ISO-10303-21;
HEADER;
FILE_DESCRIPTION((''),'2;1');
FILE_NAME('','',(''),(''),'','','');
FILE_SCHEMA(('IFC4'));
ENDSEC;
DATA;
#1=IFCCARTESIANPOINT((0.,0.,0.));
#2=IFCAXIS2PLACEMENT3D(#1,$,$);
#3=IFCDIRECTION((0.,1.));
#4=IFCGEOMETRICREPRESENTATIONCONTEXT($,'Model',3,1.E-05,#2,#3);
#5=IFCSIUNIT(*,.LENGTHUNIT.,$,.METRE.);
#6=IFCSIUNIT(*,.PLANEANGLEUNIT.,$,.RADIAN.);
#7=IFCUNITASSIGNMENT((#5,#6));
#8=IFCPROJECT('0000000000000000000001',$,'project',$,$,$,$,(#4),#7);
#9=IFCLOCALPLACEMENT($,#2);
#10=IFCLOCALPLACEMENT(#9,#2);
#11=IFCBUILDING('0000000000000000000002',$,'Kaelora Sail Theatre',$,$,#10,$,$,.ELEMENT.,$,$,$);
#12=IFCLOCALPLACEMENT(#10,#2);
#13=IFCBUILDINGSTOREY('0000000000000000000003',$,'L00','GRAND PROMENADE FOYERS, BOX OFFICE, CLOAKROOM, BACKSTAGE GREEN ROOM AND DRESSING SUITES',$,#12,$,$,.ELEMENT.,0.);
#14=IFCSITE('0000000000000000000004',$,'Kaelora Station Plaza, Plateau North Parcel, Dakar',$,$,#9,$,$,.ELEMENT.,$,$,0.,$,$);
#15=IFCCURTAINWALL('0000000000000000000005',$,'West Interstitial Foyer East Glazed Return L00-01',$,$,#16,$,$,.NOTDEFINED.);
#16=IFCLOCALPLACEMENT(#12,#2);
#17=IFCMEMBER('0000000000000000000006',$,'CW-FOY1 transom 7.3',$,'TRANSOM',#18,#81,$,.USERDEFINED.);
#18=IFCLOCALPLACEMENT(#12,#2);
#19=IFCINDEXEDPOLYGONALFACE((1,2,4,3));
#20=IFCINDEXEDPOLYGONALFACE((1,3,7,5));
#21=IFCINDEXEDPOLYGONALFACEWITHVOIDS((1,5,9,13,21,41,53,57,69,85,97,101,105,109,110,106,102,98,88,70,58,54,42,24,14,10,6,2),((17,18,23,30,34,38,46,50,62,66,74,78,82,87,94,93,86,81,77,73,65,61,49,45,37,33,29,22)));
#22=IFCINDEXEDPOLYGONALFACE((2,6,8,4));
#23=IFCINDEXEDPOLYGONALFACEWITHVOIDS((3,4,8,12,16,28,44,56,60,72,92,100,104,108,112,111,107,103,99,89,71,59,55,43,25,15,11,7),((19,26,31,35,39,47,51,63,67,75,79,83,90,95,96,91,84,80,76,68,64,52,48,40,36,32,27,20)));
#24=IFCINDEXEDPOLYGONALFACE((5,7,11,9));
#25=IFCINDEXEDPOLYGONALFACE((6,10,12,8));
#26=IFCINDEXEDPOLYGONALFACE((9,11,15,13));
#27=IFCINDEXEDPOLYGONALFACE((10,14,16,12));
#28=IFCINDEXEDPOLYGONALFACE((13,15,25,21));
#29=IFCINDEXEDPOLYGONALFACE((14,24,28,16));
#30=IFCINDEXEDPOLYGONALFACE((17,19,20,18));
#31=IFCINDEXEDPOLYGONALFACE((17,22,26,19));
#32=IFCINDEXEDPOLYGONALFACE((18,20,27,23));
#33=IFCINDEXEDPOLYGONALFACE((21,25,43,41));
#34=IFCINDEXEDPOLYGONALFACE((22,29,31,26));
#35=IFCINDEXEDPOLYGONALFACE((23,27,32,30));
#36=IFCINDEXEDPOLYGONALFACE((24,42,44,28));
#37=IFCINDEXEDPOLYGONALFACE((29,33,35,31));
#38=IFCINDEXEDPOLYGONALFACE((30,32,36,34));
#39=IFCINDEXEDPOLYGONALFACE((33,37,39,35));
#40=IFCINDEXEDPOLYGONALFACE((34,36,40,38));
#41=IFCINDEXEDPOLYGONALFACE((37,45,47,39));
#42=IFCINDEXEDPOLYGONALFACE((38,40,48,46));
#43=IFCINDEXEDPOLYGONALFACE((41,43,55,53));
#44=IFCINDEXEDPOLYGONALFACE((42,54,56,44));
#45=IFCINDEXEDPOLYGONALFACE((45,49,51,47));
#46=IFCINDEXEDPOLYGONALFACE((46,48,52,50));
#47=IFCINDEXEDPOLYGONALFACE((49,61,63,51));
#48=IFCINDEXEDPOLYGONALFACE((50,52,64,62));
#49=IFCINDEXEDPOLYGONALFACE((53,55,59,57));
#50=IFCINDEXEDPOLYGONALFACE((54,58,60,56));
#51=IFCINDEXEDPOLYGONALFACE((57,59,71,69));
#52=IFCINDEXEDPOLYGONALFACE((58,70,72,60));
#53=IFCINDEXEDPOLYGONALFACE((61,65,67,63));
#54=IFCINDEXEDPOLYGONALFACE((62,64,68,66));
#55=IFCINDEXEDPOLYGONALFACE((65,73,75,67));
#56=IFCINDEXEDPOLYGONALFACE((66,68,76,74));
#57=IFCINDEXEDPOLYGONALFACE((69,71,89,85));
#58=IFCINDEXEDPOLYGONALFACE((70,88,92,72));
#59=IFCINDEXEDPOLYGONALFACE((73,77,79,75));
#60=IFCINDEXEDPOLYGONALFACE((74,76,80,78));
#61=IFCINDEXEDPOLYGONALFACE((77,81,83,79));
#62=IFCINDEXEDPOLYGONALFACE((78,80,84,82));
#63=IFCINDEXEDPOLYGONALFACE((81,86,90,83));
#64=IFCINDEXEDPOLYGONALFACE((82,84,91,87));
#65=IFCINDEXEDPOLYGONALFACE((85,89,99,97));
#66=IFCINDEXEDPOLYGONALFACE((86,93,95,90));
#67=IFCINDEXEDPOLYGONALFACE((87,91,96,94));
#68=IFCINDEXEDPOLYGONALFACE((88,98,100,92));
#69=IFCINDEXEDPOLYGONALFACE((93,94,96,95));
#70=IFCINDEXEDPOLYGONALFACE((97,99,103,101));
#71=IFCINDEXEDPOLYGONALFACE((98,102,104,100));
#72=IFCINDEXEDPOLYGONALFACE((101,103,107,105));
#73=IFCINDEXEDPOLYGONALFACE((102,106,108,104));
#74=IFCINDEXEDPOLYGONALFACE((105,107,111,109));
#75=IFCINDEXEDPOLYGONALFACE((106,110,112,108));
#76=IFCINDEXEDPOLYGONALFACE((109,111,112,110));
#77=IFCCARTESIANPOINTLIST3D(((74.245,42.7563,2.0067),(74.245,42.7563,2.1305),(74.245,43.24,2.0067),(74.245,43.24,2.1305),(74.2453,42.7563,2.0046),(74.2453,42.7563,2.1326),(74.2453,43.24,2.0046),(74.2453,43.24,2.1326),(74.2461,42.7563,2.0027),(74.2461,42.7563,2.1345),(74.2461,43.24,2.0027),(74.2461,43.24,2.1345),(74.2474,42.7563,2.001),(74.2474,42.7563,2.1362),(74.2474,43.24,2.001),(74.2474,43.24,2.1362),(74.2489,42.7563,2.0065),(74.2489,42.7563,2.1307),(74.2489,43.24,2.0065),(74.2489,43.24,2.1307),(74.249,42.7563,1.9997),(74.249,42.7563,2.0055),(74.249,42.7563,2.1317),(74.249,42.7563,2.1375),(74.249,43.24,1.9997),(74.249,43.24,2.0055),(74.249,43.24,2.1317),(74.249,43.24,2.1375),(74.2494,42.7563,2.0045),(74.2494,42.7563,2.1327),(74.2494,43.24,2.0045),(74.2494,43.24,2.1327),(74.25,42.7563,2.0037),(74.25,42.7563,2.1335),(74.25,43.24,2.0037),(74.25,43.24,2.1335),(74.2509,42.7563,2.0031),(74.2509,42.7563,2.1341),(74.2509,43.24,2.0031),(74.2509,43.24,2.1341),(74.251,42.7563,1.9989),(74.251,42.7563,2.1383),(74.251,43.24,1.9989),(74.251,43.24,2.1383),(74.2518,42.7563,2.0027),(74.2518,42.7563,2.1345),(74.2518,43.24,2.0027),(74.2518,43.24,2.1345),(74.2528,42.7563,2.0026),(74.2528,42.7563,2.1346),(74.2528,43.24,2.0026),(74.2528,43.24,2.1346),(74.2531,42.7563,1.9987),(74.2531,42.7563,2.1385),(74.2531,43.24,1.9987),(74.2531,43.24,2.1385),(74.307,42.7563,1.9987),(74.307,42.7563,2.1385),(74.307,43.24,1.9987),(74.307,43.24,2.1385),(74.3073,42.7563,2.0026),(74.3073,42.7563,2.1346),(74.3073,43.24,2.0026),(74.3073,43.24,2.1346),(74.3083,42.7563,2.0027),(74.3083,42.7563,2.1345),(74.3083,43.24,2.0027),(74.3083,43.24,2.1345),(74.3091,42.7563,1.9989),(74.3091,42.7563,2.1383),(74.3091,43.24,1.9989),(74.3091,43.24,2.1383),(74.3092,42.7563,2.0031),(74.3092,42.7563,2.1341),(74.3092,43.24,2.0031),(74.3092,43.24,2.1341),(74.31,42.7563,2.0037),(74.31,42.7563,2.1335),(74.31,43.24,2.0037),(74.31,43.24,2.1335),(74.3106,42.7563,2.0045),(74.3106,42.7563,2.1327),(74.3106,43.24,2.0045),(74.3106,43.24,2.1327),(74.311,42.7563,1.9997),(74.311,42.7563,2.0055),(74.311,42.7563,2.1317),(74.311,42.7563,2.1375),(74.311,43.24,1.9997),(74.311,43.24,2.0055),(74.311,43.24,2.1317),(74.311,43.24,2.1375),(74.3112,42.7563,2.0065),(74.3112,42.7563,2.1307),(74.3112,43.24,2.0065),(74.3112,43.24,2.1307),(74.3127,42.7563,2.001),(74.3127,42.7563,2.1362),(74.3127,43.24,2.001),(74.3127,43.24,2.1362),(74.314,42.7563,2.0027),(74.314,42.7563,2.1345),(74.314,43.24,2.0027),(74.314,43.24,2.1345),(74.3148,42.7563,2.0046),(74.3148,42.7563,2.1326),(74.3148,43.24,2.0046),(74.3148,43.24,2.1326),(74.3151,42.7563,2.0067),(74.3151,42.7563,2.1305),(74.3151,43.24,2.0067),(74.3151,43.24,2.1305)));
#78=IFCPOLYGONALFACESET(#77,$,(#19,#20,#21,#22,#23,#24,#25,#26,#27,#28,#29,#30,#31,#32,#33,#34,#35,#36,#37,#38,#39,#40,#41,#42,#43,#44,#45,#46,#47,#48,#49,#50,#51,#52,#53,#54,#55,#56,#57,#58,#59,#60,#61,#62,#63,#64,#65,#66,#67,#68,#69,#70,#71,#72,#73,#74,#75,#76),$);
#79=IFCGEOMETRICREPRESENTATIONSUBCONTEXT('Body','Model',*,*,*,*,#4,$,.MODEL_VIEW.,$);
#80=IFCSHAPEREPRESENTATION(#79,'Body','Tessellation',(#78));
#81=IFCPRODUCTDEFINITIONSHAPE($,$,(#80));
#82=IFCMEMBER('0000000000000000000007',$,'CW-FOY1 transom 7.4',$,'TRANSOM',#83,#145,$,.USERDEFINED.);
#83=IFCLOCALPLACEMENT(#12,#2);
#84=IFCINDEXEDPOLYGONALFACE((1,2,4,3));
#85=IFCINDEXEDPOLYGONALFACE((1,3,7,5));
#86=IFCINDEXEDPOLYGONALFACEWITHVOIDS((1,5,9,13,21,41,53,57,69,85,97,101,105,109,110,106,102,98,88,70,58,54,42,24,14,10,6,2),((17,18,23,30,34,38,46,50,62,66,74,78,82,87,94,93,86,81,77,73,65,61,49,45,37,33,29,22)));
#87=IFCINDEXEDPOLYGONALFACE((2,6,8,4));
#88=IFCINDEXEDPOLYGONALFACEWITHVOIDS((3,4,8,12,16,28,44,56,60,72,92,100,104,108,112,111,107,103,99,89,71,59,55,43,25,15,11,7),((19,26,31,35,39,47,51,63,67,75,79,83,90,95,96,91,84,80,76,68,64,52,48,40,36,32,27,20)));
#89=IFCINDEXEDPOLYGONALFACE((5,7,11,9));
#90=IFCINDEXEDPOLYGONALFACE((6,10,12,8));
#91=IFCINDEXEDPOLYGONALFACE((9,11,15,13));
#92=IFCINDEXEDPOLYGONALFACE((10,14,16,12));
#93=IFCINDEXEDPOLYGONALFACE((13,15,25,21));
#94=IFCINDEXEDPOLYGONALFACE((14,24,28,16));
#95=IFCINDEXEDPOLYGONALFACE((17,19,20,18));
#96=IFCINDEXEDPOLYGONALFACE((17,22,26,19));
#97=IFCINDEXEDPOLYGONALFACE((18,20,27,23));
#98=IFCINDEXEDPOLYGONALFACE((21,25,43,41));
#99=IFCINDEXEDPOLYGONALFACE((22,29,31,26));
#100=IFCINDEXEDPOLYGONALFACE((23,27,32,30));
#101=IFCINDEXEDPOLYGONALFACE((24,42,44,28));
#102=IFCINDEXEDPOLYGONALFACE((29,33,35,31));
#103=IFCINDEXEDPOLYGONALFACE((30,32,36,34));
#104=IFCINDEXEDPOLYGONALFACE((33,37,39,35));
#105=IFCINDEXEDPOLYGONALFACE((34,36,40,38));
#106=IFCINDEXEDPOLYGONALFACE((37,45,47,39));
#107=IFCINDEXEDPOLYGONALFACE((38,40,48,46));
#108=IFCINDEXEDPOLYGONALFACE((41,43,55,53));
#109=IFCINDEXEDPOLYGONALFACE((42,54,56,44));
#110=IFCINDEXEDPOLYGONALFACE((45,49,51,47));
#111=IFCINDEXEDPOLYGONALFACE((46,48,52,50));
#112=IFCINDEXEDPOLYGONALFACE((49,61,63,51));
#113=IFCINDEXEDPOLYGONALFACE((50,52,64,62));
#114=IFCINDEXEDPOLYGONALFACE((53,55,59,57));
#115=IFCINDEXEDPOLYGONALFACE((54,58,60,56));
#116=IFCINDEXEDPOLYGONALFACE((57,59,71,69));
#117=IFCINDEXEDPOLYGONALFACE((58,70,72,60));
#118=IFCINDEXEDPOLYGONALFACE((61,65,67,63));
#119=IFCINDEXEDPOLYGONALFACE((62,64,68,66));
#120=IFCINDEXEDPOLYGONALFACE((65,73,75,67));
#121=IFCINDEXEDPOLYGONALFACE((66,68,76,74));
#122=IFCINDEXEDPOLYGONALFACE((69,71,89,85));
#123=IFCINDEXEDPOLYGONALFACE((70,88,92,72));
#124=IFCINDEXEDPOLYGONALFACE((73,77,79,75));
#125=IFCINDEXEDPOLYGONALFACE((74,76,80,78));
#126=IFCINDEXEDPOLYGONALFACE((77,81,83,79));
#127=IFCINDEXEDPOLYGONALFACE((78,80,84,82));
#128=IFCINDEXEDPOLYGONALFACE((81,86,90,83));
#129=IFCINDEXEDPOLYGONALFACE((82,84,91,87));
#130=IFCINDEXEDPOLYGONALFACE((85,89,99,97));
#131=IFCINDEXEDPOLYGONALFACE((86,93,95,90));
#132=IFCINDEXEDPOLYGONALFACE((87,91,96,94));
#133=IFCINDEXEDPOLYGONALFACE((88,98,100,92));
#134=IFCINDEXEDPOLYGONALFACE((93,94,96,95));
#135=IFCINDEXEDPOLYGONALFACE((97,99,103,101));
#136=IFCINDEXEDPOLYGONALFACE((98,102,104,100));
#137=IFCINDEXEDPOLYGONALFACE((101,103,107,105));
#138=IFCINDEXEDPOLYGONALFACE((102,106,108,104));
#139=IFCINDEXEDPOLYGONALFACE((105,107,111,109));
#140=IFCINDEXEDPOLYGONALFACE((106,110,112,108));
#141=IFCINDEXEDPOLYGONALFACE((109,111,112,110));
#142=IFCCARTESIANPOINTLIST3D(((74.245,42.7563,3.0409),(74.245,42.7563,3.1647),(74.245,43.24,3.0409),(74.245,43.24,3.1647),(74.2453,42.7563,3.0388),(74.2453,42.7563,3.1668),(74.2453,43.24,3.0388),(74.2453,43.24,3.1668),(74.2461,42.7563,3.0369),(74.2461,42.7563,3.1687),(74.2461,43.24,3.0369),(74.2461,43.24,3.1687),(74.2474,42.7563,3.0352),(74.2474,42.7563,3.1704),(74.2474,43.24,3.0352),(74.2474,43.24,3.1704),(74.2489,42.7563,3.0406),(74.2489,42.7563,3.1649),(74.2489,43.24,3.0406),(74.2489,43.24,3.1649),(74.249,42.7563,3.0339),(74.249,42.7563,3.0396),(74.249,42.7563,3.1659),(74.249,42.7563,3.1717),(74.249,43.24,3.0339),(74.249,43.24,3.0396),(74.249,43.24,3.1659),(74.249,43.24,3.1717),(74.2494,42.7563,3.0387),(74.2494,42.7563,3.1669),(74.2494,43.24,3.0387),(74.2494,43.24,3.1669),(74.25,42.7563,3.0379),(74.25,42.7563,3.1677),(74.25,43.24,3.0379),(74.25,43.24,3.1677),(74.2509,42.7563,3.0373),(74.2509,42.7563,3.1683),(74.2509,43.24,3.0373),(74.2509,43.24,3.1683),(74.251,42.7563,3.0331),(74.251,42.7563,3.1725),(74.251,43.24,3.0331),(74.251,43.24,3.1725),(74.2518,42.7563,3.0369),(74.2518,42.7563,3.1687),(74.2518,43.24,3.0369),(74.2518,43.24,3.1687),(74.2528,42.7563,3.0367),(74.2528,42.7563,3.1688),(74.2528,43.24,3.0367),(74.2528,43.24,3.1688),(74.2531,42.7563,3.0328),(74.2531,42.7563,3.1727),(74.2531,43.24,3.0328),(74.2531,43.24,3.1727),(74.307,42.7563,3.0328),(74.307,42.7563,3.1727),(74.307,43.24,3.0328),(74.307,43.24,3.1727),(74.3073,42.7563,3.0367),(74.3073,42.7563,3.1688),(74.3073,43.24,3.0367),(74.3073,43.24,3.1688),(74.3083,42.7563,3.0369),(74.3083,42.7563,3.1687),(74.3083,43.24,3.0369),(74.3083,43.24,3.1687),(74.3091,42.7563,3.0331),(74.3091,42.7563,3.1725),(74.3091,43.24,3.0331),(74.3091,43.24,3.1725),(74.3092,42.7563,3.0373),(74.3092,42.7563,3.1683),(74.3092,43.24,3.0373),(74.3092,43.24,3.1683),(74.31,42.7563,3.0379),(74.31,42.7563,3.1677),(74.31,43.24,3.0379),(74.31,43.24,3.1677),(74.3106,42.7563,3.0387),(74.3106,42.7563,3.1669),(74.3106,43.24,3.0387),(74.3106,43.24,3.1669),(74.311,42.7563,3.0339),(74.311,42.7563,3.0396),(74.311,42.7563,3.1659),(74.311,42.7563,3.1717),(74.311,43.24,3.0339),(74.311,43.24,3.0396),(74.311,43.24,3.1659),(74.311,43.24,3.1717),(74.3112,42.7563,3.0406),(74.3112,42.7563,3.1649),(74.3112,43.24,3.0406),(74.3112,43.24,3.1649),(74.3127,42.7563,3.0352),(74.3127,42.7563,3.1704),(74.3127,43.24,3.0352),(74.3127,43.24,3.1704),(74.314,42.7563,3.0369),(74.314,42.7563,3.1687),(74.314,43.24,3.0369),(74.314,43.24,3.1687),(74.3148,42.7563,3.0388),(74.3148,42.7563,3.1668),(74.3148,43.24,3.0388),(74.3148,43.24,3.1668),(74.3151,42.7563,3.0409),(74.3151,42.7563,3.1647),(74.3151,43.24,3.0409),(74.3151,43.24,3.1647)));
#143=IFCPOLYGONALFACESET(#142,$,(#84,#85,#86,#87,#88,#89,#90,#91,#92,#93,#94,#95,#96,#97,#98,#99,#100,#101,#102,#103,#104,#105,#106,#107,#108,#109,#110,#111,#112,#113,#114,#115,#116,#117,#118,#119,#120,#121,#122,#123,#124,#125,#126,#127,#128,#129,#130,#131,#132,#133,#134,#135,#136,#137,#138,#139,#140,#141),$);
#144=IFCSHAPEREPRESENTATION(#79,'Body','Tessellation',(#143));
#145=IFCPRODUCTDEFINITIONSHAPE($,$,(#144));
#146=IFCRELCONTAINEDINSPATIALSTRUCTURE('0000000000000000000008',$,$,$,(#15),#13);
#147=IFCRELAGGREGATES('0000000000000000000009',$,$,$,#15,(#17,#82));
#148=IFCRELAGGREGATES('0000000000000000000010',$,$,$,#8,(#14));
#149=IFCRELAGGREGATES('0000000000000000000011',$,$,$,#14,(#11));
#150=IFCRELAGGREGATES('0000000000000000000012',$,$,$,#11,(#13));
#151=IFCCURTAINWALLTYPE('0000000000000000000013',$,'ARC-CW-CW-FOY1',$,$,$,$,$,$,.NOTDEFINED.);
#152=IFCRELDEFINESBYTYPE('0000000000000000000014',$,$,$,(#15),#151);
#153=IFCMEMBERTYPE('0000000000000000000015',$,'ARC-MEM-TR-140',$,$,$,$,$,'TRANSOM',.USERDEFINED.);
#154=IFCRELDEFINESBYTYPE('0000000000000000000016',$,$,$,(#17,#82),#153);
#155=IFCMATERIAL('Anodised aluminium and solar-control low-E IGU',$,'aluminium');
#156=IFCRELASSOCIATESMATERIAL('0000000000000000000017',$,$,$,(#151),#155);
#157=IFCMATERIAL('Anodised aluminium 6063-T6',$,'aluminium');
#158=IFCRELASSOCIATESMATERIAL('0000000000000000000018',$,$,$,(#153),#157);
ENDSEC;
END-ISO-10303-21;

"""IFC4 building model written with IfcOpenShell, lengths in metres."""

from ifc_helpers import new_model, si_unit, direction, frame, origin, origin_2d, place, context, subcontext, project, spatial, hollow_rectangle, extrude, material, material_profile, profile_set, type_object, element, aggregate, save


model = new_model("IFC4")

# Units and contexts
model_context = context("Model", 3, precision=1e-05, world=origin(), true_north=direction((0.0, 1.0)))
body_context = subcontext(model_context, "Body", "Model", "MODEL_VIEW")
ifc_project = project(units=[si_unit("LENGTHUNIT", "METRE"), si_unit("PLANEANGLEUNIT", "RADIAN")], contexts=[model_context])

# Site, building, storey
site_placement = place(None, origin())
site = spatial("IfcSite", under=ifc_project, at=site_placement, Name="Kaelora Station Plaza, Plateau North Parcel, Dakar", CompositionType="ELEMENT", RefElevation=0.0)
building_placement = place(site_placement, origin())
building = spatial("IfcBuilding", under=site, at=building_placement, Name="Kaelora Sail Theatre", CompositionType="ELEMENT")
storey_placement = place(building_placement, origin())
storey = spatial("IfcBuildingStorey", under=building, at=storey_placement, Name="L00", Description="GRAND PROMENADE FOYERS, BOX OFFICE, CLOAKROOM, BACKSTAGE GREEN ROOM AND DRESSING SUITES", CompositionType="ELEMENT", Elevation=0.0)

# Curtain wall
ifc_material_1 = material(Name="Anodised aluminium and solar-control low-E IGU", Category="aluminium")
curtain_wall_type = type_object("IfcCurtainWallType", Name="ARC-CW-CW-FOY1", PredefinedType="NOTDEFINED", material=ifc_material_1)
curtain_wall_1_placement = place(storey_placement, origin())
curtain_wall_1 = element("IfcCurtainWall", 1, at=curtain_wall_1_placement, inside=storey, type_object=curtain_wall_type, Name="West Interstitial Foyer East Glazed Return L00-01", PredefinedType="NOTDEFINED")

# Members
ifc_material_2 = material(Name="Anodised aluminium 6063-T6", Category="aluminium")
ifc_material_profile_1 = material_profile(ifc_material_2, hollow_rectangle(XDim=0.0701, YDim=0.1399, WallThickness=0.0039, InnerFilletRadius=0.0039, OuterFilletRadius=0.0081, at=origin_2d()), Name="ALU-TRAN 70x140x4")
ifc_profile_set_1 = profile_set([ifc_material_profile_1], Name="Anodised aluminium 6063-T6")
member_type_1 = type_object("IfcMemberType", Name="ARC-MEM-TR-140", ElementType="TRANSOM", PredefinedType="USERDEFINED", material=ifc_profile_set_1)
member_1_placement = place(storey_placement, frame((74.28, 42.7563, 2.0686), z_axis=(0.0, 1.0, 0.0), x_axis=(-1.0, 0.0, 0.0)))
member_1 = element("IfcMember", 2, at=member_1_placement, type_object=member_type_1, Name="CW-FOY1 transom 7.3", ObjectType="TRANSOM", PredefinedType="USERDEFINED", context=body_context, shape_type="SweptSolid", body=[
    extrude(hollow_rectangle(XDim=0.0701, YDim=0.1399, WallThickness=0.0039, InnerFilletRadius=0.0039, OuterFilletRadius=0.0081, at=origin_2d()), origin(), (0.0, 0.0, 1.0), 0.4836),
])
member_2_placement = place(storey_placement, frame((74.28, 42.7563, 3.1028), z_axis=(0.0, 1.0, 0.0), x_axis=(-1.0, 0.0, 0.0)))
member_2 = element("IfcMember", 3, at=member_2_placement, type_object=member_type_1, Name="CW-FOY1 transom 7.4", ObjectType="TRANSOM", PredefinedType="USERDEFINED", context=body_context, shape_type="SweptSolid", body=[
    extrude(hollow_rectangle(XDim=0.0701, YDim=0.1399, WallThickness=0.0039, InnerFilletRadius=0.0039, OuterFilletRadius=0.0081, at=origin_2d()), origin(), (0.0, 0.0, 1.0), 0.4836),
])

aggregate(curtain_wall_1, [member_1, member_2])

save(model, "model.ifc")
